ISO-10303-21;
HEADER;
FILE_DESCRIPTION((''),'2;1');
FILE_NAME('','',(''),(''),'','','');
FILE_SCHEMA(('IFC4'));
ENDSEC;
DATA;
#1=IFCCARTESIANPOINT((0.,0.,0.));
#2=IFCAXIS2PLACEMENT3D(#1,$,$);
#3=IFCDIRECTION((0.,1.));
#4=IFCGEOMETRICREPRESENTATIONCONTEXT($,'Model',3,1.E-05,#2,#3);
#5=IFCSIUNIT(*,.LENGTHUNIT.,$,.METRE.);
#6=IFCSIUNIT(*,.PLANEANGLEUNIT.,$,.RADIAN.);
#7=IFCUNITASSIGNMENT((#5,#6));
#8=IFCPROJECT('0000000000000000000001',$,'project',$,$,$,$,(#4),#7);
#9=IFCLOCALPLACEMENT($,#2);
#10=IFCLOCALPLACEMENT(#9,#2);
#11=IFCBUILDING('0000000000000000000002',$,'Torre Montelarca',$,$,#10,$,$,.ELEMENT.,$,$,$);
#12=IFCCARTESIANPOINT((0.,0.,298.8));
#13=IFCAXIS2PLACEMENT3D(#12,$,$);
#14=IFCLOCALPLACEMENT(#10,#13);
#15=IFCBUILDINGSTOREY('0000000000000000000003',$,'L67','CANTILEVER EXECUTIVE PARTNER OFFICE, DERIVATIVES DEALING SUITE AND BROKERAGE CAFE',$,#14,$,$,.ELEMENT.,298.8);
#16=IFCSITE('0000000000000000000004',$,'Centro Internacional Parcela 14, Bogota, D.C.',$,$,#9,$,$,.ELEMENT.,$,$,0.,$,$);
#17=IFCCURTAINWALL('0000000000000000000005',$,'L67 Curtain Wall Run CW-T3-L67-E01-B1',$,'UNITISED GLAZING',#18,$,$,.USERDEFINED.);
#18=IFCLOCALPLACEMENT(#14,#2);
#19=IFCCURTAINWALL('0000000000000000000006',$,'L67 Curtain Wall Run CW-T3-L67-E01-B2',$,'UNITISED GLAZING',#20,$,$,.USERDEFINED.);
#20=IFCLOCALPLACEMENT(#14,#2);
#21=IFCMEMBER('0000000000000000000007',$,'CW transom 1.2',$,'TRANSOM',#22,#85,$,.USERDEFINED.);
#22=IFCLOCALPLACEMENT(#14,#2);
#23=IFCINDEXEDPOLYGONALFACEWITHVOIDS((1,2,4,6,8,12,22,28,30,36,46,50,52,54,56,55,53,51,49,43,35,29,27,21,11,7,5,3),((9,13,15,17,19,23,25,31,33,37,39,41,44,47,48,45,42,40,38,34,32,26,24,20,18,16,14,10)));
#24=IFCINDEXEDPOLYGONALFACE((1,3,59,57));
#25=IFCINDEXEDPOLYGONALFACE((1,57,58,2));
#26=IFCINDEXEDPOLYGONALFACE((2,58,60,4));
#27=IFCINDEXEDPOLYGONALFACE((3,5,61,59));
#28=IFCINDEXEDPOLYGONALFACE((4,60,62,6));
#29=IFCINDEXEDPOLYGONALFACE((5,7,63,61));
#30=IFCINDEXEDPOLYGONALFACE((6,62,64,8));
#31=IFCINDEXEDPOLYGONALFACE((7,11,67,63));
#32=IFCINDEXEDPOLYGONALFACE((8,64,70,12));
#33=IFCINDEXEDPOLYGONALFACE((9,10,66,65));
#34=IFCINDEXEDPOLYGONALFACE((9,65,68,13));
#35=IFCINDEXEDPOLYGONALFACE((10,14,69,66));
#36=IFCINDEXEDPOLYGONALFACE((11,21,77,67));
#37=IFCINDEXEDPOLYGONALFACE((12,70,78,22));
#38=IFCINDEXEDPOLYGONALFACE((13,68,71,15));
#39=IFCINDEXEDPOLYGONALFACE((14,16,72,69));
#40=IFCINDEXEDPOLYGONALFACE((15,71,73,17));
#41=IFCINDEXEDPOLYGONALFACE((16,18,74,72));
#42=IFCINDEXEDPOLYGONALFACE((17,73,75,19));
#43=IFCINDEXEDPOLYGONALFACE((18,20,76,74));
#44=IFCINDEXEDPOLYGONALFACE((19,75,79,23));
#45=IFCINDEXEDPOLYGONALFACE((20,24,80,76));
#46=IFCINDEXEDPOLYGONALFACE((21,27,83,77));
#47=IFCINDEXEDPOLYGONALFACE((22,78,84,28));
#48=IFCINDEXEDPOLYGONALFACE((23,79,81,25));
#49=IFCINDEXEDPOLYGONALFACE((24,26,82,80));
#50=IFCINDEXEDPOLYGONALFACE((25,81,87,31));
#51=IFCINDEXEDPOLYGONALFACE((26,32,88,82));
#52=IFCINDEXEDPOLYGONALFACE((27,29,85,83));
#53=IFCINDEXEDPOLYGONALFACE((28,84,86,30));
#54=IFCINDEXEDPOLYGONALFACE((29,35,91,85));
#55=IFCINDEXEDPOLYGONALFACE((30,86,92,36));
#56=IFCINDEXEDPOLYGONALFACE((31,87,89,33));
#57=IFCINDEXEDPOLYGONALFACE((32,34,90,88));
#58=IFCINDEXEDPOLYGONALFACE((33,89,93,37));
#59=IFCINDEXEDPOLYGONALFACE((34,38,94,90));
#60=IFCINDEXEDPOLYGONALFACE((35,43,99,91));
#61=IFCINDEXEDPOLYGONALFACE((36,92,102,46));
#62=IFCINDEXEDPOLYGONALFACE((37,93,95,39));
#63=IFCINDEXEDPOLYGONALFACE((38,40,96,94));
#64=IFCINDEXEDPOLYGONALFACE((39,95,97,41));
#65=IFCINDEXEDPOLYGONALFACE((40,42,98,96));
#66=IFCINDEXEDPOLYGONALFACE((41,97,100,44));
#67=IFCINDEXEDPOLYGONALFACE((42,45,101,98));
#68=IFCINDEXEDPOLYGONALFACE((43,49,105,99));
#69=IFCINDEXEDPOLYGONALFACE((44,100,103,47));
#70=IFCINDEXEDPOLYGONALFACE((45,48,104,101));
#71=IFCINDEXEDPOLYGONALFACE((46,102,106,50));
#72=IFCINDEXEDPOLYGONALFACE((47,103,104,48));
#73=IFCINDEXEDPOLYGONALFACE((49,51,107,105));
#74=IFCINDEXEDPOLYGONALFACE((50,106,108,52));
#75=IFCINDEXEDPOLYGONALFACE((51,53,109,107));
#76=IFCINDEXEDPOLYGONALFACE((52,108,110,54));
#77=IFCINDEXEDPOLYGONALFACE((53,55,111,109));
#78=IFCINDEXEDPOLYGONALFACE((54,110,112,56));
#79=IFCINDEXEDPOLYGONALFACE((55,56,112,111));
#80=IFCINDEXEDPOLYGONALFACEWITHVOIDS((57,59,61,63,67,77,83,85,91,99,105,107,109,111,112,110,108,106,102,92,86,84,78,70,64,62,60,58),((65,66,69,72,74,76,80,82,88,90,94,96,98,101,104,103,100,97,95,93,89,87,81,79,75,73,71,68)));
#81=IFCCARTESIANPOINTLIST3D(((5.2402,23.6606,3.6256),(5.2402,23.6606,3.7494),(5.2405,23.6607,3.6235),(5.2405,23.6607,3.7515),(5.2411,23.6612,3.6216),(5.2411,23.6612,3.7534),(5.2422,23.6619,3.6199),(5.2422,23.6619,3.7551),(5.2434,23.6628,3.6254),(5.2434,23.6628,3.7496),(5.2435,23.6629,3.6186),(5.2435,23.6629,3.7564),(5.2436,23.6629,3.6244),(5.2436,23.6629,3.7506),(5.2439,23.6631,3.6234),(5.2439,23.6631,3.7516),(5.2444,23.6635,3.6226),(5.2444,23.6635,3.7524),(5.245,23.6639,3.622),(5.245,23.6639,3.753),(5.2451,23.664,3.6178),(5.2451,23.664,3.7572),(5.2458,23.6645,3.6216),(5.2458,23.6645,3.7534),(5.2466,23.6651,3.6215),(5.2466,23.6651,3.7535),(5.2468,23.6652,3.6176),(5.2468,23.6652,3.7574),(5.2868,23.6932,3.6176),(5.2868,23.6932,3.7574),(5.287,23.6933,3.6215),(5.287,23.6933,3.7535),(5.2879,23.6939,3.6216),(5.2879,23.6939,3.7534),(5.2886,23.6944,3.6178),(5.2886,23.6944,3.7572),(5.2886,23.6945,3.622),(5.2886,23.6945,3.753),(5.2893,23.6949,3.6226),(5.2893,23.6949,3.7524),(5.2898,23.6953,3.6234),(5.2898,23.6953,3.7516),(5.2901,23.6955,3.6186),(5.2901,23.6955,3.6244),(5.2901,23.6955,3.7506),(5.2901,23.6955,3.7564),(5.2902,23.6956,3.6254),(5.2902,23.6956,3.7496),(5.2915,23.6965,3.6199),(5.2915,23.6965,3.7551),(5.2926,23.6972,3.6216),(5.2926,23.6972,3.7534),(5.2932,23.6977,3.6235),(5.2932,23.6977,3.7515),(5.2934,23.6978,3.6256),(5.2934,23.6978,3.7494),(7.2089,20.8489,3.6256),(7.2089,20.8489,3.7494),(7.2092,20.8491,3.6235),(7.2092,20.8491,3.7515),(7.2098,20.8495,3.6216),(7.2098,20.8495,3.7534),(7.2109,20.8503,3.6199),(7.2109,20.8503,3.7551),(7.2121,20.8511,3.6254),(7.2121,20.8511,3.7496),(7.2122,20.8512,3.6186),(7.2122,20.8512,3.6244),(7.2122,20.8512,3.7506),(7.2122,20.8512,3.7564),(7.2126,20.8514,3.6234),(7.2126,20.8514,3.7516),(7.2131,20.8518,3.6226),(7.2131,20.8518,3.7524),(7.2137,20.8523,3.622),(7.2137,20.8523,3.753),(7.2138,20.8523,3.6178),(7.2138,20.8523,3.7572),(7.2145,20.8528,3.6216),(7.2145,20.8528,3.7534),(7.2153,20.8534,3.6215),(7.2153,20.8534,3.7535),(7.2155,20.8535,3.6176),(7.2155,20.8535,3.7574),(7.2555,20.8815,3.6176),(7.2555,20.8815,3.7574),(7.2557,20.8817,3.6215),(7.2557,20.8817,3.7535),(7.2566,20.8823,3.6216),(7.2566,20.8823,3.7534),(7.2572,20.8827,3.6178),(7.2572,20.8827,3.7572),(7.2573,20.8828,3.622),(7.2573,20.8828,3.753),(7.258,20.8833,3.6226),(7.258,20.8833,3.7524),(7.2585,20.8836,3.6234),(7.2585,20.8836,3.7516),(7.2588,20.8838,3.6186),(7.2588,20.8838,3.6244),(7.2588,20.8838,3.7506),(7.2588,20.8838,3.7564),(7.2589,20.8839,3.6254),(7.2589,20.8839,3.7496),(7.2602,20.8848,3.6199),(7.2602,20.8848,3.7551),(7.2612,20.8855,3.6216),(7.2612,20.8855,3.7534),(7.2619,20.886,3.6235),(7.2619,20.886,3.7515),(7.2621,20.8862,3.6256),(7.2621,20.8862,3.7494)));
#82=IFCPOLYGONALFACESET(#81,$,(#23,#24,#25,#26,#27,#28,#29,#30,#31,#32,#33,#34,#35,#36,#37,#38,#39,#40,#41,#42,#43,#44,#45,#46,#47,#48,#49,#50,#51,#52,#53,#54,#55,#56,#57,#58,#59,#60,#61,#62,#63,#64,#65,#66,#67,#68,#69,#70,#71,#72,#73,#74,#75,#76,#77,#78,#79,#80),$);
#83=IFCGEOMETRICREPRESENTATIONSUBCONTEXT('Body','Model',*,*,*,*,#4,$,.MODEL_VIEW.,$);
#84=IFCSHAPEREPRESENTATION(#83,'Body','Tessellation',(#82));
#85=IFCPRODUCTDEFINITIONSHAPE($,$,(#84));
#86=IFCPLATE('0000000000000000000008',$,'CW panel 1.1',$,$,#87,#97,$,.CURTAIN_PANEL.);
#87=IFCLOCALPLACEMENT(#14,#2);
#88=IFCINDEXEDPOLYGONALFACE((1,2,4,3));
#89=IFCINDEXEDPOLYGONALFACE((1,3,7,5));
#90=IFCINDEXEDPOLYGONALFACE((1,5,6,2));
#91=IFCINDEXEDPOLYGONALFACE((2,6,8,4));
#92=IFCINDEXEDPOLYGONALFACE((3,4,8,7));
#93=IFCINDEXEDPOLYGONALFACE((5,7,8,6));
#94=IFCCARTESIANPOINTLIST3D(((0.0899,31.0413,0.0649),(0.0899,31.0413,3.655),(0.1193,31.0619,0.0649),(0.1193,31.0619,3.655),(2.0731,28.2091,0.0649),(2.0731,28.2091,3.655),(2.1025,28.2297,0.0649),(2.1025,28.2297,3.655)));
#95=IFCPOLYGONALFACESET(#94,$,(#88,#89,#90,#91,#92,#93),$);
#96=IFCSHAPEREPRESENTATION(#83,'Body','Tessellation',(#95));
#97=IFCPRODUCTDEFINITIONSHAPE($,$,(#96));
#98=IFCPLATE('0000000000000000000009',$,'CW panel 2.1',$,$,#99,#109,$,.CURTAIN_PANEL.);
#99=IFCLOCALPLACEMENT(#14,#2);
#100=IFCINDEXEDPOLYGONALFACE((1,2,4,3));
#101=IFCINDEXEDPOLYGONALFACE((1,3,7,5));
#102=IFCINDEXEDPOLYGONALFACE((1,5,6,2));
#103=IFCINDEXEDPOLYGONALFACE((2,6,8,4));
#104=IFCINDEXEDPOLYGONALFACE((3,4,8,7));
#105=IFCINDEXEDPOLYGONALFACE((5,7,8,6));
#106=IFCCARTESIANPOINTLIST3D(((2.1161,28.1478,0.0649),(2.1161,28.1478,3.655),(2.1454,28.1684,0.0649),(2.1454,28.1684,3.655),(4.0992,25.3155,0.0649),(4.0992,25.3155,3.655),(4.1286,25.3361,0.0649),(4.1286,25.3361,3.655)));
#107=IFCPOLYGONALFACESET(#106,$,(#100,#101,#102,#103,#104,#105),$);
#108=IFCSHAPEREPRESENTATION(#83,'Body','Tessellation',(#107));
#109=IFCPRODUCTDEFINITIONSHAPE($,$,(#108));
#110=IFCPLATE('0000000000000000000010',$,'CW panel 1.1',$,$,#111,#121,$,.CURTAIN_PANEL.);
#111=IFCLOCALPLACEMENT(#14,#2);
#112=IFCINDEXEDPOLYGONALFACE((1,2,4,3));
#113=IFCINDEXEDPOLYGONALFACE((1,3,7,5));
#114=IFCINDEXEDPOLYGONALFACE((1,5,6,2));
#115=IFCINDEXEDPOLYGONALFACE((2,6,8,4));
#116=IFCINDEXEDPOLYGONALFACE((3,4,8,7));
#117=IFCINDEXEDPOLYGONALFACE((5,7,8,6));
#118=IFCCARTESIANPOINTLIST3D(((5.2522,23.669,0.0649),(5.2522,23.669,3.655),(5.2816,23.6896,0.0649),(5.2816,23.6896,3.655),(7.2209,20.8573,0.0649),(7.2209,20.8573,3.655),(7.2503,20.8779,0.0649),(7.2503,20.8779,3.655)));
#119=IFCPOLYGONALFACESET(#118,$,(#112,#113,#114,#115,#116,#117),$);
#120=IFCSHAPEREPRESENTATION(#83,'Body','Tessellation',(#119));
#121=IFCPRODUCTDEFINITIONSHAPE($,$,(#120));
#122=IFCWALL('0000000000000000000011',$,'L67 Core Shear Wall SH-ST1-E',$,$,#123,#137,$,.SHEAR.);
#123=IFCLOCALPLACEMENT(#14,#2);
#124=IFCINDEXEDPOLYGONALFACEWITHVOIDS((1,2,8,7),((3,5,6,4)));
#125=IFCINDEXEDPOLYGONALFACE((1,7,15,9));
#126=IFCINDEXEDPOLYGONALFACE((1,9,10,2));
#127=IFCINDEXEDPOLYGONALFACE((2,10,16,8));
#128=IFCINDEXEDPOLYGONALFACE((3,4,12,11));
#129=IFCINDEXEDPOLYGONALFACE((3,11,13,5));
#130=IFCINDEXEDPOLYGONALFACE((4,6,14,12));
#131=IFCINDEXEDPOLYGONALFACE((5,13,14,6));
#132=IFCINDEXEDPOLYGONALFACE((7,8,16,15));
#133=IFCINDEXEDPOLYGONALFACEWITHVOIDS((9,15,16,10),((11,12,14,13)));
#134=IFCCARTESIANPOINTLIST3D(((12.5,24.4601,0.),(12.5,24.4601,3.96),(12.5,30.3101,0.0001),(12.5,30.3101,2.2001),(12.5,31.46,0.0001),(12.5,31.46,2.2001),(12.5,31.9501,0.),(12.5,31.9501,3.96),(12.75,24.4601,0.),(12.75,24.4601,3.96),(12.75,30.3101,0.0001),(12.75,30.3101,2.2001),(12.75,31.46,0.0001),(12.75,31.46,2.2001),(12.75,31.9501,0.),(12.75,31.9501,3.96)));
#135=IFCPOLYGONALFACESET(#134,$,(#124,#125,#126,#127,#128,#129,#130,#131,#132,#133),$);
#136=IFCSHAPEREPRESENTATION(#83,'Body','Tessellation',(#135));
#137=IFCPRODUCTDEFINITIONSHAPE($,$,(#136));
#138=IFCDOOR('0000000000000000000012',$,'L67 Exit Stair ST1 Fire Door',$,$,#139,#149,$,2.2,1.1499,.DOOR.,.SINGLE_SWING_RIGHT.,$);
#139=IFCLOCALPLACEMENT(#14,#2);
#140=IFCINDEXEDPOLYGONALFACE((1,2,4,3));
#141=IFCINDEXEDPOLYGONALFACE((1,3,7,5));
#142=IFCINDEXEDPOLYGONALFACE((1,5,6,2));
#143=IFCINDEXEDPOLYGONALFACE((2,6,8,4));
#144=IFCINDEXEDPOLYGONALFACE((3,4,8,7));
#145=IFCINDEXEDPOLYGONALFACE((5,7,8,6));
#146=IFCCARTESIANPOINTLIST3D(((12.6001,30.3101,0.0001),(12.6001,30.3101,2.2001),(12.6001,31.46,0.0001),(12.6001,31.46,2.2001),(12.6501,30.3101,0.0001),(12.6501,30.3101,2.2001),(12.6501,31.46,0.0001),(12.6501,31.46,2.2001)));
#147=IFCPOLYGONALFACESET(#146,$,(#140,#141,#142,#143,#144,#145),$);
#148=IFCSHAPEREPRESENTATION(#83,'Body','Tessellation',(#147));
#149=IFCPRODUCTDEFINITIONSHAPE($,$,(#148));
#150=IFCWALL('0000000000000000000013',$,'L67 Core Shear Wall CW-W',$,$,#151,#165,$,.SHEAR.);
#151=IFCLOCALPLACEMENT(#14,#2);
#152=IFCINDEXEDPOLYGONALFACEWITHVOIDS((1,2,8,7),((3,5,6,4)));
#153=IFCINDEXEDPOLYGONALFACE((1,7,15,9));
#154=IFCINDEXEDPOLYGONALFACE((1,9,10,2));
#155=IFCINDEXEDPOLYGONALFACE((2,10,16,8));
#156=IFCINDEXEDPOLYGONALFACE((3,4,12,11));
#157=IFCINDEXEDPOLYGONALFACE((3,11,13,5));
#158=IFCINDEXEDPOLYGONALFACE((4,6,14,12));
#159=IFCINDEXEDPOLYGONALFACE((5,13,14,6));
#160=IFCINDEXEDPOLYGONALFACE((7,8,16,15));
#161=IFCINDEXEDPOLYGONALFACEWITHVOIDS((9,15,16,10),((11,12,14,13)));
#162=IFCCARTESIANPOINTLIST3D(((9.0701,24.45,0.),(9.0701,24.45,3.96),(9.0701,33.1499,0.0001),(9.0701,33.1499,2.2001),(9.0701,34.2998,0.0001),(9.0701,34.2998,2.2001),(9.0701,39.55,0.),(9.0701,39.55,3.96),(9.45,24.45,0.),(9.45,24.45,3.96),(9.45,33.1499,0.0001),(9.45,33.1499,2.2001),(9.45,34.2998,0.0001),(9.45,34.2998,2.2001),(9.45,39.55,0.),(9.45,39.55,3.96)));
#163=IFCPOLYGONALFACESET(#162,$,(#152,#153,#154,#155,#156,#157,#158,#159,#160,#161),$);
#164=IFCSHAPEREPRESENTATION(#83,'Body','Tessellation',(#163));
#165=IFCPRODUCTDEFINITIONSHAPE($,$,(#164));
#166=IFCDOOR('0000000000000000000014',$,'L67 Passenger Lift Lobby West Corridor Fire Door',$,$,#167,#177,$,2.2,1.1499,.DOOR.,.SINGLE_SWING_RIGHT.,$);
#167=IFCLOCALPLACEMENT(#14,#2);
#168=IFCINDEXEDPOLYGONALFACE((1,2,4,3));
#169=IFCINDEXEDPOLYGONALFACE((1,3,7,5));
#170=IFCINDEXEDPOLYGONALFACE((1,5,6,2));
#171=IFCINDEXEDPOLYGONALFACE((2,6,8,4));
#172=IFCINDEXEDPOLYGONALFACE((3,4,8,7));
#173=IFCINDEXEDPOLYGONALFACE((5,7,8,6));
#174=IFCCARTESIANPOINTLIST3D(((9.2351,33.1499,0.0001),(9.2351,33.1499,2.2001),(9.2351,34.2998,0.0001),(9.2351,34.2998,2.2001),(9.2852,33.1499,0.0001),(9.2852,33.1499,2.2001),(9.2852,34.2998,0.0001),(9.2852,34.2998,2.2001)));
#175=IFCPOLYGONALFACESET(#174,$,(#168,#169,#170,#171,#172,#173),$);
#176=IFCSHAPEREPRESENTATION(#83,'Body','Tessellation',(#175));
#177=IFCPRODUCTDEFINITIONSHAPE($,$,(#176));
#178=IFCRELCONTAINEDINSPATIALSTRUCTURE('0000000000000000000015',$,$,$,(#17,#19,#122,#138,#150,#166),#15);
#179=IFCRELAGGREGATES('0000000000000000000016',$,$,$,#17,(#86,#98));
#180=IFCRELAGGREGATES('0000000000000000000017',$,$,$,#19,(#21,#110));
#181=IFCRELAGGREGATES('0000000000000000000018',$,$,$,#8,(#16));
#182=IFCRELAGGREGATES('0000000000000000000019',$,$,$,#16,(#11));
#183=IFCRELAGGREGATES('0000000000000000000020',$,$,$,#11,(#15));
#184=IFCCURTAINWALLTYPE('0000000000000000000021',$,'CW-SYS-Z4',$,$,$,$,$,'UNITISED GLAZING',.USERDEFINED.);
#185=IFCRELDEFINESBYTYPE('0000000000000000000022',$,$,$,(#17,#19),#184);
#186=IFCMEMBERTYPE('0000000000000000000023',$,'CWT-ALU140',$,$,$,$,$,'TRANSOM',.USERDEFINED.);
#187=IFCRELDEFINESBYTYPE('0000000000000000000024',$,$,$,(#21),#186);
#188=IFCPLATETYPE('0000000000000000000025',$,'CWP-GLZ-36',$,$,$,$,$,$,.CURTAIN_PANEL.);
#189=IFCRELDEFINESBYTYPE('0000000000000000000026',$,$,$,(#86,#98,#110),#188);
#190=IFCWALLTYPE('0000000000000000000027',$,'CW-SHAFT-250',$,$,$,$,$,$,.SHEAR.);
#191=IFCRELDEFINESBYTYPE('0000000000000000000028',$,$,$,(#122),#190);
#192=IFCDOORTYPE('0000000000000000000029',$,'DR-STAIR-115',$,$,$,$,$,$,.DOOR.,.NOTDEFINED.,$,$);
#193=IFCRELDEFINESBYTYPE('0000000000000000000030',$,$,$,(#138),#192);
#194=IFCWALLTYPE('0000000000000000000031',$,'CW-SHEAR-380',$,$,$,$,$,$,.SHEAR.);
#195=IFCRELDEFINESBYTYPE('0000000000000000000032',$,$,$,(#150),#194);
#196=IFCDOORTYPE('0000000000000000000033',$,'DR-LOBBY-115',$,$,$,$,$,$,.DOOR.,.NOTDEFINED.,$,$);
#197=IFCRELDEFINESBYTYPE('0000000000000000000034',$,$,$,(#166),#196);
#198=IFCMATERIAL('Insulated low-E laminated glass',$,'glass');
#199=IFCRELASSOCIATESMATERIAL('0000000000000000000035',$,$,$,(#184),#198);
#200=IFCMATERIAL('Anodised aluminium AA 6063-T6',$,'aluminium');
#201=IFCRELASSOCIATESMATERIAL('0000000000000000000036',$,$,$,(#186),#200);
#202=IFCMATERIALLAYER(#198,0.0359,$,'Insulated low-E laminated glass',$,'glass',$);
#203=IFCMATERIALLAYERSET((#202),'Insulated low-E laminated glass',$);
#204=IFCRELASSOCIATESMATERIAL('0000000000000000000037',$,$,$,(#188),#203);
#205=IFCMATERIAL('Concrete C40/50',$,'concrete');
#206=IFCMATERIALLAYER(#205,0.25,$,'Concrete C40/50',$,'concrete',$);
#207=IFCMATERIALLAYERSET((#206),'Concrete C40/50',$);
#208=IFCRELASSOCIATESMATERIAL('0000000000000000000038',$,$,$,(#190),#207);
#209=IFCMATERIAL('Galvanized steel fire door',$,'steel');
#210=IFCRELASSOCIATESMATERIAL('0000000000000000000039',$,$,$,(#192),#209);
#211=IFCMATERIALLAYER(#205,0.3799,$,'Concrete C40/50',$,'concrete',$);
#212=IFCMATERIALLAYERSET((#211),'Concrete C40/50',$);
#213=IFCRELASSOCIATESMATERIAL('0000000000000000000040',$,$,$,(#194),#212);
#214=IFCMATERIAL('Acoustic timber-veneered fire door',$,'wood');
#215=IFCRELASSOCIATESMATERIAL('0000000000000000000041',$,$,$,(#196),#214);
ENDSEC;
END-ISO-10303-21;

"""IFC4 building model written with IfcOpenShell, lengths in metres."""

from ifc_helpers import new_model, si_unit, direction, frame, frame_2d, origin, origin_2d, place, context, subcontext, project, spatial, rectangle, hollow_rectangle, extrude, source, transform, mapped, material, layer, layer_set, material_profile, profile_set, type_object, element, fill, aggregate, save


model = new_model("IFC4")

# Units and contexts
model_context = context("Model", 3, precision=1e-05, world=origin(), true_north=direction((0.0, 1.0)))
body_context = subcontext(model_context, "Body", "Model", "MODEL_VIEW")
ifc_project = project(units=[si_unit("LENGTHUNIT", "METRE"), si_unit("PLANEANGLEUNIT", "RADIAN")], contexts=[model_context])

# Site, building, storey
site_placement = place(None, origin())
site = spatial("IfcSite", under=ifc_project, at=site_placement, Name="Centro Internacional Parcela 14, Bogota, D.C.", CompositionType="ELEMENT", RefElevation=0.0)
building_placement = place(site_placement, origin())
building = spatial("IfcBuilding", under=site, at=building_placement, Name="Torre Montelarca", CompositionType="ELEMENT")
storey_placement = place(building_placement, frame((0.0, 0.0, 298.8)))
storey = spatial("IfcBuildingStorey", under=building, at=storey_placement, Name="L67", Description="CANTILEVER EXECUTIVE PARTNER OFFICE, DERIVATIVES DEALING SUITE AND BROKERAGE CAFE", CompositionType="ELEMENT", Elevation=298.8)

# Shared definitions
ifc_material_1 = material(Name="Concrete C40/50", Category="concrete")

# Curtain wall
ifc_material_2 = material(Name="Insulated low-E laminated glass", Category="glass")
curtain_wall_type = type_object("IfcCurtainWallType", Name="CW-SYS-Z4", ElementType="UNITISED GLAZING", PredefinedType="USERDEFINED", material=ifc_material_2)
curtain_wall_1_placement = place(storey_placement, origin())
curtain_wall_1 = element("IfcCurtainWall", 1, at=curtain_wall_1_placement, inside=storey, type_object=curtain_wall_type, Name="L67 Curtain Wall Run CW-T3-L67-E01-B1", ObjectType="UNITISED GLAZING", PredefinedType="USERDEFINED")
ifc_material_3 = material(Name="Anodised aluminium AA 6063-T6", Category="aluminium")

# Curtain wall
curtain_wall_2_placement = place(storey_placement, origin())
curtain_wall_2 = element("IfcCurtainWall", 2, at=curtain_wall_2_placement, inside=storey, type_object=curtain_wall_type, Name="L67 Curtain Wall Run CW-T3-L67-E01-B2", ObjectType="UNITISED GLAZING", PredefinedType="USERDEFINED")

# Member
ifc_material_profile_1 = material_profile(ifc_material_3, hollow_rectangle(XDim=0.0649, YDim=0.1399, WallThickness=0.0039, InnerFilletRadius=0.0039, OuterFilletRadius=0.0081, at=origin_2d()), Name="ALU65X140X4", Category="aluminium")
ifc_profile_set_1 = profile_set([ifc_material_profile_1], Name="Anodised aluminium AA 6063-T6")
member_type_1 = type_object("IfcMemberType", Name="CWT-ALU140", ElementType="TRANSOM", PredefinedType="USERDEFINED", material=ifc_profile_set_1)
shared_shape_1 = source(origin(), body_context, "Body", "SweptSolid", [
    extrude(hollow_rectangle(XDim=0.0649, YDim=0.1399, WallThickness=0.0039, InnerFilletRadius=0.0039, OuterFilletRadius=0.0081, at=origin_2d()), origin(), (0.0, 0.0, 1.0), 3.4324),
])
member_1_placement = place(storey_placement, frame((5.2668, 23.6792, 3.6875), z_axis=(0.573563, -0.819162, 0.0), x_axis=(0.819162, 0.573563, 0.0)))
member_1 = element("IfcMember", 3, at=member_1_placement, type_object=member_type_1, Name="CW transom 1.2", ObjectType="TRANSOM", PredefinedType="USERDEFINED", context=body_context, shape_type="MappedRepresentation", body=[
    mapped(shared_shape_1, transform((0.0, 0.0, 0.0), scale=1.0)),
])

# Plates
ifc_layer_1 = layer(ifc_material_2, 0.0359, Name="Insulated low-E laminated glass", Category="glass")
ifc_layer_set_1 = layer_set([ifc_layer_1], Name="Insulated low-E laminated glass")
plate_type = type_object("IfcPlateType", Name="CWP-GLZ-36", PredefinedType="CURTAIN_PANEL", material=ifc_layer_set_1)
shared_shape_2 = source(origin(), body_context, "Body", "SweptSolid", [
    extrude(rectangle(XDim=3.4575, YDim=0.0359, at=origin_2d()), origin(), (0.0, 0.0, 1.0), 3.5901),
])
plate_1_placement = place(storey_placement, frame((1.0962, 29.6355, 0.0649), z_axis=(0.0, 0.0, 1.0), x_axis=(0.573569, -0.819157, 0.0)))
plate_1 = element("IfcPlate", 4, at=plate_1_placement, type_object=plate_type, Name="CW panel 1.1", PredefinedType="CURTAIN_PANEL", context=body_context, shape_type="MappedRepresentation", body=[
    mapped(shared_shape_2, transform((0.0, 0.0, 0.0), scale=1.0)),
])
plate_2_placement = place(storey_placement, frame((3.1223, 26.7419, 0.0649), z_axis=(0.0, 0.0, 1.0), x_axis=(0.573569, -0.819157, 0.0)))
plate_2 = element("IfcPlate", 5, at=plate_2_placement, type_object=plate_type, Name="CW panel 2.1", PredefinedType="CURTAIN_PANEL", context=body_context, shape_type="MappedRepresentation", body=[
    mapped(shared_shape_2, transform((0.0, 0.0, 0.0), scale=1.0)),
])
aggregate(curtain_wall_1, [plate_1, plate_2])
shared_shape_3 = source(origin(), body_context, "Body", "SweptSolid", [
    extrude(rectangle(XDim=3.4324, YDim=0.0359, at=origin_2d()), origin(), (0.0, 0.0, 1.0), 3.5901),
])
plate_3_placement = place(storey_placement, frame((6.2512, 22.2734, 0.0649), z_axis=(0.0, 0.0, 1.0), x_axis=(0.57357, -0.819156, 0.0)))
plate_3 = element("IfcPlate", 6, at=plate_3_placement, type_object=plate_type, Name="CW panel 1.1", PredefinedType="CURTAIN_PANEL", context=body_context, shape_type="MappedRepresentation", body=[
    mapped(shared_shape_3, transform((0.0, 0.0, 0.0), scale=1.0)),
])
aggregate(curtain_wall_2, [member_1, plate_3])

# Walls, openings, doors
ifc_layer_2 = layer(ifc_material_1, 0.25, Name="Concrete C40/50", Category="concrete")
ifc_layer_set_2 = layer_set([ifc_layer_2], Name="Concrete C40/50")
wall_type_1 = type_object("IfcWallType", Name="CW-SHAFT-250", PredefinedType="SHEAR", material=ifc_layer_set_2)
wall_1_placement = place(storey_placement, frame((12.625, 24.46, 0.0), z_axis=(0.0, 0.0, 1.0), x_axis=(0.0, 1.0, 0.0)))
wall_1 = element("IfcWall", 7, at=wall_1_placement, inside=storey, type_object=wall_type_1, Name="L67 Core Shear Wall SH-ST1-E", PredefinedType="SHEAR", context=body_context, shape_type="SweptSolid", body=[
    extrude(rectangle(XDim=7.49, YDim=0.25, at=frame_2d((3.7451, 0.0))), origin(), (0.0, 0.0, 1.0), 3.96),
])
opening_1_placement = place(wall_1_placement, frame((5.8501, 0.0, 0.0)))
opening_1 = element("IfcOpeningElement", 8, at=opening_1_placement, cuts=wall_1, PredefinedType="OPENING", context=body_context, shape_type="SweptSolid", body=[
    extrude(rectangle(XDim=1.1499, YDim=2.2, at=frame_2d((0.575, 1.1001))), frame((0.0, 0.135, 0.0), z_axis=(0.0, -1.0, 0.0), x_axis=(1.0, 0.0, 0.0)), (0.0, 0.0, 1.0), 0.27),
])
ifc_material_4 = material(Name="Galvanized steel fire door", Category="steel")
door_type_1 = type_object("IfcDoorType", Name="DR-STAIR-115", OperationType="NOTDEFINED", PredefinedType="DOOR", material=ifc_material_4)
shared_shape_4 = source(origin(), body_context, "Body", "SweptSolid", [
    extrude(rectangle(XDim=1.1499, YDim=2.2, at=frame_2d((0.575, 1.1001))), frame((0.0, 0.0249, 0.0), z_axis=(0.0, -1.0, 0.0), x_axis=(1.0, 0.0, 0.0)), (0.0, 0.0, 1.0), 0.05),
])
door_1_placement = place(opening_1_placement, origin())
door_1 = element("IfcDoor", 9, at=door_1_placement, inside=storey, type_object=door_type_1, Name="L67 Exit Stair ST1 Fire Door", OperationType="SINGLE_SWING_RIGHT", OverallHeight=2.2, OverallWidth=1.1499, PredefinedType="DOOR", context=body_context, shape_type="MappedRepresentation", body=[
    mapped(shared_shape_4, transform((0.0, 0.0, 0.0), scale=1.0)),
])
fill(opening_1, door_1)
ifc_layer_3 = layer(ifc_material_1, 0.3799, Name="Concrete C40/50", Category="concrete")
ifc_layer_set_3 = layer_set([ifc_layer_3], Name="Concrete C40/50")
wall_type_2 = type_object("IfcWallType", Name="CW-SHEAR-380", PredefinedType="SHEAR", material=ifc_layer_set_3)
wall_2_placement = place(storey_placement, frame((9.26, 24.45, 0.0), z_axis=(0.0, 0.0, 1.0), x_axis=(0.0, 1.0, 0.0)))
wall_2 = element("IfcWall", 10, at=wall_2_placement, inside=storey, type_object=wall_type_2, Name="L67 Core Shear Wall CW-W", PredefinedType="SHEAR", context=body_context, shape_type="SweptSolid", body=[
    extrude(rectangle(XDim=15.1001, YDim=0.3799, at=frame_2d((7.55, 0.0))), origin(), (0.0, 0.0, 1.0), 3.96),
])
opening_2_placement = place(wall_2_placement, frame((8.7, 0.0, 0.0)))
opening_2 = element("IfcOpeningElement", 11, at=opening_2_placement, cuts=wall_2, PredefinedType="OPENING", context=body_context, shape_type="SweptSolid", body=[
    extrude(rectangle(XDim=1.1499, YDim=2.2, at=frame_2d((0.575, 1.1001))), frame((0.0, 0.2, 0.0), z_axis=(0.0, -1.0, 0.0), x_axis=(1.0, 0.0, 0.0)), (0.0, 0.0, 1.0), 0.3999),
])
ifc_material_5 = material(Name="Acoustic timber-veneered fire door", Category="wood")
door_type_2 = type_object("IfcDoorType", Name="DR-LOBBY-115", OperationType="NOTDEFINED", PredefinedType="DOOR", material=ifc_material_5)
shared_shape_5 = source(origin(), body_context, "Body", "SweptSolid", [
    extrude(rectangle(XDim=1.1499, YDim=2.2, at=frame_2d((0.575, 1.1001))), frame((0.0, 0.0249, 0.0), z_axis=(0.0, -1.0, 0.0), x_axis=(1.0, 0.0, 0.0)), (0.0, 0.0, 1.0), 0.05),
])
door_2_placement = place(opening_2_placement, origin())
door_2 = element("IfcDoor", 12, at=door_2_placement, inside=storey, type_object=door_type_2, Name="L67 Passenger Lift Lobby West Corridor Fire Door", OperationType="SINGLE_SWING_RIGHT", OverallHeight=2.2, OverallWidth=1.1499, PredefinedType="DOOR", context=body_context, shape_type="MappedRepresentation", body=[
    mapped(shared_shape_5, transform((0.0, 0.0, 0.0), scale=1.0)),
])
fill(opening_2, door_2)

save(model, "model.ifc")
